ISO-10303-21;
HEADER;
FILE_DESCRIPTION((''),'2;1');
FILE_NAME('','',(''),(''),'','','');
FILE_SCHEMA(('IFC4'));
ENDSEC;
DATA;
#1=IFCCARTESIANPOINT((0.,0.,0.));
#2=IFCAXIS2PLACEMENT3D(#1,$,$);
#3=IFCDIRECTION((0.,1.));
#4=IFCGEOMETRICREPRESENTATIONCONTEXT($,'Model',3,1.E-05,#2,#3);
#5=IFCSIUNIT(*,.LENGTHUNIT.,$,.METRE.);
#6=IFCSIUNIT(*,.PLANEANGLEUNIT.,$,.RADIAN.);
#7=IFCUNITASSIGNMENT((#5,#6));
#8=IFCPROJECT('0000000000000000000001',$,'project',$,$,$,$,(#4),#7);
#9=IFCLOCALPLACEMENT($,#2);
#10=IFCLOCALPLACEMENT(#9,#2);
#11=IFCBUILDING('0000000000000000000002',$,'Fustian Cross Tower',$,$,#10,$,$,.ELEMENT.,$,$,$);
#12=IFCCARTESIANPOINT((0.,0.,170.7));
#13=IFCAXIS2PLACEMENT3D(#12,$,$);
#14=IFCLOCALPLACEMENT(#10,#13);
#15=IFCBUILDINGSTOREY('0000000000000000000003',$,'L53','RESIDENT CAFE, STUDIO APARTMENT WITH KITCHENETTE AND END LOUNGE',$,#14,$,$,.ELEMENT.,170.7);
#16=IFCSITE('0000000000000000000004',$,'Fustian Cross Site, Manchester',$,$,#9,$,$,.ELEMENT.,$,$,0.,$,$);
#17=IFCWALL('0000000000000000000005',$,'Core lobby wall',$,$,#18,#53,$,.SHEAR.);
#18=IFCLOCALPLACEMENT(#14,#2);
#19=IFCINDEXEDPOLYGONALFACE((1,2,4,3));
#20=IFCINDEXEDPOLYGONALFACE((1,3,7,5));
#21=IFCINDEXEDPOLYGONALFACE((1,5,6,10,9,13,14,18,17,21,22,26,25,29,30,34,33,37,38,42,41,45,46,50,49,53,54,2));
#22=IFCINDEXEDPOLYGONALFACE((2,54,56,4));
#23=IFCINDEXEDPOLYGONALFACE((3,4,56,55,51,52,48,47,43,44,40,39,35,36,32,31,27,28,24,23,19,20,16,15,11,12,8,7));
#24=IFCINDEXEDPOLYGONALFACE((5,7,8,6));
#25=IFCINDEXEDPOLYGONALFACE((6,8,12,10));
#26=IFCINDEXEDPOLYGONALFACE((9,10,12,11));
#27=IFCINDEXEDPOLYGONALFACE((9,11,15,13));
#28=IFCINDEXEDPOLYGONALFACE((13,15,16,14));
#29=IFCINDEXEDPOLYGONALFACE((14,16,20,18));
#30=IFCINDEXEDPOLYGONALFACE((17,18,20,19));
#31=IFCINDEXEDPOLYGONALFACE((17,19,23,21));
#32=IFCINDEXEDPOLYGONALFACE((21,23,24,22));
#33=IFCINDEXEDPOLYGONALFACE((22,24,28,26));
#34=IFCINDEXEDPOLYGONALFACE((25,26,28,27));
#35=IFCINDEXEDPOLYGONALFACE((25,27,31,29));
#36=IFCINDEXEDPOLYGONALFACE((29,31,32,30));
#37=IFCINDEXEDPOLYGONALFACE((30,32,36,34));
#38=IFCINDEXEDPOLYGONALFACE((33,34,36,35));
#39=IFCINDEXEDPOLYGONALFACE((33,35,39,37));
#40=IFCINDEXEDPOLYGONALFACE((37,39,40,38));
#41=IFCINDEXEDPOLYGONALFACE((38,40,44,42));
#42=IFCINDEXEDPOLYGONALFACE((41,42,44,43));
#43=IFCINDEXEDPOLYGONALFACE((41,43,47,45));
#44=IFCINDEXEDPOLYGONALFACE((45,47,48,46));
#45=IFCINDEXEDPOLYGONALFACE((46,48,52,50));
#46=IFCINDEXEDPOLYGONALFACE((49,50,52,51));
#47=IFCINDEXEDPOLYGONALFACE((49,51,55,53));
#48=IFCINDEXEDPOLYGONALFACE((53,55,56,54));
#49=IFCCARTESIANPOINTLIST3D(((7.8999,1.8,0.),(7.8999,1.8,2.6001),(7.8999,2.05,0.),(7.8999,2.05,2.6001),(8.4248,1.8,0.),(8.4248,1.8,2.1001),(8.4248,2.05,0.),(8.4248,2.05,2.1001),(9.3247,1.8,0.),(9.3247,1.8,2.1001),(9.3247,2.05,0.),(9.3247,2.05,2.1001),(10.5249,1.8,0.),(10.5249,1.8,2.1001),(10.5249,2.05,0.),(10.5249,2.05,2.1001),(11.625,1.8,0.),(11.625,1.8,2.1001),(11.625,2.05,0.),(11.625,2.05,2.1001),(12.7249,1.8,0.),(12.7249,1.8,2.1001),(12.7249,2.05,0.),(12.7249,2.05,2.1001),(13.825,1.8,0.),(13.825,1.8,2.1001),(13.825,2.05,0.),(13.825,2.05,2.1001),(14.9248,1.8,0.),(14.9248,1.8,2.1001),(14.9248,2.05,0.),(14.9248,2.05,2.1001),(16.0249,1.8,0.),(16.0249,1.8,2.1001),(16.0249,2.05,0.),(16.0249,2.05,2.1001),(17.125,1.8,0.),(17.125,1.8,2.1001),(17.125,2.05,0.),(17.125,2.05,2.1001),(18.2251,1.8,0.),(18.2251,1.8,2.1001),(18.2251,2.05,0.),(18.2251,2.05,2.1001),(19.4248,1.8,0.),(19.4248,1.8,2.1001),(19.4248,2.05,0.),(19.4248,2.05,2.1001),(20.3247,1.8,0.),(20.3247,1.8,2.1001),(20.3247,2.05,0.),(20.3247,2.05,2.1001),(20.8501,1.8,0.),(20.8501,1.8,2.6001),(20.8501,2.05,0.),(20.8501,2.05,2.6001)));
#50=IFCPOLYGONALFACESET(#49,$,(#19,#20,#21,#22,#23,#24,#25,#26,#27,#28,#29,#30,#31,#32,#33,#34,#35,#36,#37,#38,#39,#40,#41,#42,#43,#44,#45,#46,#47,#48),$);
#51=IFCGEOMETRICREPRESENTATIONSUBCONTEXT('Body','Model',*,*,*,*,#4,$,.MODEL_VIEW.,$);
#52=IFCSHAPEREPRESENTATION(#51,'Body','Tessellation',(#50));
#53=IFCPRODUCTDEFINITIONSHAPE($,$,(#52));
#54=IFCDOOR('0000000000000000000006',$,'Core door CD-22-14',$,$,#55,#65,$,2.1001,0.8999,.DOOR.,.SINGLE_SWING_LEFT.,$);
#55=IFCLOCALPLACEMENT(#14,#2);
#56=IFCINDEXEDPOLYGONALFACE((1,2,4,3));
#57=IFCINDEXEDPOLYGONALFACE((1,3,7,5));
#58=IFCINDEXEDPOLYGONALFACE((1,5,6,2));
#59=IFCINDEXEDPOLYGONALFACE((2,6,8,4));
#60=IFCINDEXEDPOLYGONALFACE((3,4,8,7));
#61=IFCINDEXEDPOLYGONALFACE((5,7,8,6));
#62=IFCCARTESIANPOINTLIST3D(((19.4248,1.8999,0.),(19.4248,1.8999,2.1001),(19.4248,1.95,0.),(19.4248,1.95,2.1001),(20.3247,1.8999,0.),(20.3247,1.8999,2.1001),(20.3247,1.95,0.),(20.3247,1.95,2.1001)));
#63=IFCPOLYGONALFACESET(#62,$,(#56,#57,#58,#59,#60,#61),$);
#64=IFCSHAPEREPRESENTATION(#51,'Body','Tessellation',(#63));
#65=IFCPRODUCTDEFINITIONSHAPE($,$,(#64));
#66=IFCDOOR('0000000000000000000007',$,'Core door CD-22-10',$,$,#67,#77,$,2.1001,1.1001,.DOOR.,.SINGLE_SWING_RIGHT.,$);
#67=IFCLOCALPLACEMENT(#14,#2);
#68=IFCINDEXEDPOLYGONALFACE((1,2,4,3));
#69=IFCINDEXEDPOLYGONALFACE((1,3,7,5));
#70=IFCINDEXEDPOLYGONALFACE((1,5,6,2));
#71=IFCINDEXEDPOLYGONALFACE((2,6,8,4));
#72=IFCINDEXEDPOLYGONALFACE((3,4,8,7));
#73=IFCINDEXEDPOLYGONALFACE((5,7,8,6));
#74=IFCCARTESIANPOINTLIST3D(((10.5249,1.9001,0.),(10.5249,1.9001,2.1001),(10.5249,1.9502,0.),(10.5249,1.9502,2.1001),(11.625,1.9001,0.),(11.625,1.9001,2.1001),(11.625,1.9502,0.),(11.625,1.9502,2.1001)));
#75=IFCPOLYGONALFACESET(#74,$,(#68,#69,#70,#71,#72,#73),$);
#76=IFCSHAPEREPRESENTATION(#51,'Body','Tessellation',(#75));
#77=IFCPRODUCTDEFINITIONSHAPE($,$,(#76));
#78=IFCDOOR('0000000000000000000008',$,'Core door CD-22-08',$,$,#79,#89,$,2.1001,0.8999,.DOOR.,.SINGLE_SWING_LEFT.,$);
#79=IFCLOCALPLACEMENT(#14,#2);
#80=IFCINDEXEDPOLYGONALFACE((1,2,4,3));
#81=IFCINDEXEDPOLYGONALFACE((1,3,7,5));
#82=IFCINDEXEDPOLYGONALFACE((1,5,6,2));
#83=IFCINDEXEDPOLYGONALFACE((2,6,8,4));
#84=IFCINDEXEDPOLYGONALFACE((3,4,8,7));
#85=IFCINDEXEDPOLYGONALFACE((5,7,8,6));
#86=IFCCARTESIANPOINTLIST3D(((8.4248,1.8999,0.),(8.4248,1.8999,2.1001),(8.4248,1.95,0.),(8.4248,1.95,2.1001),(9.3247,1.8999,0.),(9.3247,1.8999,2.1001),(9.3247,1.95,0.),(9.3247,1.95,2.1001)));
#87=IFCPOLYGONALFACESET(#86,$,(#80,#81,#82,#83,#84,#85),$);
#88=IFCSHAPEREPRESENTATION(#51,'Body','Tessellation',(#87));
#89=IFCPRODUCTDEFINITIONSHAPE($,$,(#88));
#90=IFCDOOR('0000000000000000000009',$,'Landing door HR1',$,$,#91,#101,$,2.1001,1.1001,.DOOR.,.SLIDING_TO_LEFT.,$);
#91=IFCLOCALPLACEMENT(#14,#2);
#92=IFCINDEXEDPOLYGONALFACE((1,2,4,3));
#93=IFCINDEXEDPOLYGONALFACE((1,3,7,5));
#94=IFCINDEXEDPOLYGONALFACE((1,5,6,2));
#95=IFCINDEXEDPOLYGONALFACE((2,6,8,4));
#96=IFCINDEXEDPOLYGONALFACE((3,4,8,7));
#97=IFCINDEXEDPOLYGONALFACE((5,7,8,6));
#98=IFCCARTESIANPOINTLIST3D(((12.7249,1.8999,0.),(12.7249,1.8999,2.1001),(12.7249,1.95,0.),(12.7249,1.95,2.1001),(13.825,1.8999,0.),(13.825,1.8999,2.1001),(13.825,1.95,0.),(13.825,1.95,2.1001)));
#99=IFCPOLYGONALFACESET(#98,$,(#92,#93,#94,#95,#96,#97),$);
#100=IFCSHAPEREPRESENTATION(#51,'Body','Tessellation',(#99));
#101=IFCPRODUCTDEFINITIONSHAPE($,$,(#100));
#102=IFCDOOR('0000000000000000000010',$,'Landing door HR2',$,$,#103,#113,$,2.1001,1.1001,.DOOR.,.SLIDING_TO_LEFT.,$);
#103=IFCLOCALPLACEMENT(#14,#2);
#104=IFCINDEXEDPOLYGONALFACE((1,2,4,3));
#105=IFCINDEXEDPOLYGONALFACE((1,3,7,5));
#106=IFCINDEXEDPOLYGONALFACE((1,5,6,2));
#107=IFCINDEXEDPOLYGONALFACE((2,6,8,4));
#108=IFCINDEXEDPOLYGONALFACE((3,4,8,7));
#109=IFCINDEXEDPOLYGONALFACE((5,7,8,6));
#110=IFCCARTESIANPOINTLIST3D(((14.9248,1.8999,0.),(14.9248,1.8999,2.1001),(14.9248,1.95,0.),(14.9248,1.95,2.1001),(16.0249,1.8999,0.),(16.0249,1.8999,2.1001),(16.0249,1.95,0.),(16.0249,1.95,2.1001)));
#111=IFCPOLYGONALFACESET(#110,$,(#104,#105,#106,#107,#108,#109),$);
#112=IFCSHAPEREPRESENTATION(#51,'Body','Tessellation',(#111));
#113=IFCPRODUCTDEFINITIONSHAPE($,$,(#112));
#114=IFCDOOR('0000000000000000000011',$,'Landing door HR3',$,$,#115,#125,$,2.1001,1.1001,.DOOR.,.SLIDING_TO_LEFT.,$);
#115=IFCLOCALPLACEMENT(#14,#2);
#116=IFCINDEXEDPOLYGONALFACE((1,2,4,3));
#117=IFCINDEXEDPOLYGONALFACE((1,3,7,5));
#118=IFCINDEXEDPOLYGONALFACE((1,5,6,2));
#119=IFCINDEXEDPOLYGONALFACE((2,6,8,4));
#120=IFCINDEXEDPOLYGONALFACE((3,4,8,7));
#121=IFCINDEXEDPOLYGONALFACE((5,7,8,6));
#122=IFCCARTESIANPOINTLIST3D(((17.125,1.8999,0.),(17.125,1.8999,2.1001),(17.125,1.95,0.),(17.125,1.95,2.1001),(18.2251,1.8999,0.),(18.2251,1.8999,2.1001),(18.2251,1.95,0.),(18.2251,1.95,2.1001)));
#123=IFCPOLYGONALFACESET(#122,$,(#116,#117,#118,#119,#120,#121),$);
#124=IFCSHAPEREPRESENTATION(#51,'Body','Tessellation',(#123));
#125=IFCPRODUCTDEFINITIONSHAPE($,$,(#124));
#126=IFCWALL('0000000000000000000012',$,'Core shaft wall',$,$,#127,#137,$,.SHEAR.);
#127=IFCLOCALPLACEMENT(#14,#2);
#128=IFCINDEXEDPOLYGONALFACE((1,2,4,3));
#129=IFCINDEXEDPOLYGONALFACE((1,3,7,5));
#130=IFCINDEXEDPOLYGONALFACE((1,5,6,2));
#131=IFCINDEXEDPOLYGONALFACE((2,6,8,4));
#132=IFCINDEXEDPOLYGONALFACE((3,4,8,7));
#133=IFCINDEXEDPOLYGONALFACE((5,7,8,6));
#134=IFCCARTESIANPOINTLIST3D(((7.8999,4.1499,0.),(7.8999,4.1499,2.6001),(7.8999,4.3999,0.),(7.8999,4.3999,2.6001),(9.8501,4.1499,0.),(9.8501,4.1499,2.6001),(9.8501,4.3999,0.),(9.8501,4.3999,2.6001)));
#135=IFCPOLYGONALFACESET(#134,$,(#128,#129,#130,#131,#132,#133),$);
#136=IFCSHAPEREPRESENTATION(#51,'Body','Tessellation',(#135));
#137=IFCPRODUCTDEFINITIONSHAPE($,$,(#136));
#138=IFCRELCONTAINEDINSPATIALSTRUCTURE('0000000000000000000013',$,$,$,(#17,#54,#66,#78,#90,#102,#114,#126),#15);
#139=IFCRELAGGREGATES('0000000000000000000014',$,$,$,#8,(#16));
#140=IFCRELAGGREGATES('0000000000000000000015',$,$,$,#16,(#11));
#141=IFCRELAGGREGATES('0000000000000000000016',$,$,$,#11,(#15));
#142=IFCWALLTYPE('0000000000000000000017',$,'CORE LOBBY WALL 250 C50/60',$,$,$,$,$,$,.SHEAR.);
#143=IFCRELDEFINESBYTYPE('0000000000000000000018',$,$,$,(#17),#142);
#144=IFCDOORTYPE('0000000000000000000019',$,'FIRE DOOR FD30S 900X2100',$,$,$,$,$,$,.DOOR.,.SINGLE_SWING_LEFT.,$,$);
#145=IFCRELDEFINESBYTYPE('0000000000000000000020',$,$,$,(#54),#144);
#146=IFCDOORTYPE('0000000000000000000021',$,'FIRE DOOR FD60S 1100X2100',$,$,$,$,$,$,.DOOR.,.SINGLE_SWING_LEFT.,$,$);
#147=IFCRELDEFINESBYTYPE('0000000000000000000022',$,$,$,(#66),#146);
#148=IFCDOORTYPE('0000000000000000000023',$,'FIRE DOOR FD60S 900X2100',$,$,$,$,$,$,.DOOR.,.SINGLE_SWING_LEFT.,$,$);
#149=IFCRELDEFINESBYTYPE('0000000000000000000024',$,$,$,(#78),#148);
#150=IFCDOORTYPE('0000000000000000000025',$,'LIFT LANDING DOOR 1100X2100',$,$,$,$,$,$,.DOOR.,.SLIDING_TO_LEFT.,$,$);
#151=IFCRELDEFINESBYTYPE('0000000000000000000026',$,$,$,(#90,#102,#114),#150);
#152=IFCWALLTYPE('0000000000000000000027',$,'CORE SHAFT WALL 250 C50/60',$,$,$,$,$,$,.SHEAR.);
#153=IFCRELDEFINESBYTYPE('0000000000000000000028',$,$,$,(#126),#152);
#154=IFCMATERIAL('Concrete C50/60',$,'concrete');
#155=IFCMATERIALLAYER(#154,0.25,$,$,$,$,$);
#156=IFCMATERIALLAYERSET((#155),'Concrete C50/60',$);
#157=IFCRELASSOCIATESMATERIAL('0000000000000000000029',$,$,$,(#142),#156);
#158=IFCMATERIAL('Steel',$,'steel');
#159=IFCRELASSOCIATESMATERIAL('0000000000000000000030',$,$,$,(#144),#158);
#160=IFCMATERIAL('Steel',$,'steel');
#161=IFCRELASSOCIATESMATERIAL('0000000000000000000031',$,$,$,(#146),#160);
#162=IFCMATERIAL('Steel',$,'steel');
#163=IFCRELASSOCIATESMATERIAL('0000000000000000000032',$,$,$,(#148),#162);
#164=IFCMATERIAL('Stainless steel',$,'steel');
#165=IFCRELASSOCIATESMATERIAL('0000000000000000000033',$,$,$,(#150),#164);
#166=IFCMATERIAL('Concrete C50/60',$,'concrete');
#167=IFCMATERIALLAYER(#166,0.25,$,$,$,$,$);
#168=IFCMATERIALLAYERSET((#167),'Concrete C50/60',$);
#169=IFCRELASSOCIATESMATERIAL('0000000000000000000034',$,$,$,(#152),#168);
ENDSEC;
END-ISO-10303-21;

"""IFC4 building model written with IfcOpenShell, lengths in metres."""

from ifc_helpers import new_model, si_unit, direction, frame, frame_2d, origin, place, context, subcontext, project, spatial, rectangle, extrude, material, layer, layer_set, type_object, element, fill, save


model = new_model("IFC4")

# Units and contexts
model_context = context("Model", 3, precision=1e-05, world=origin(), true_north=direction((0.0, 1.0)))
body_context = subcontext(model_context, "Body", "Model", "MODEL_VIEW")
ifc_project = project(units=[si_unit("LENGTHUNIT", "METRE"), si_unit("PLANEANGLEUNIT", "RADIAN")], contexts=[model_context])

# Site, building, storey
site_placement = place(None, origin())
site = spatial("IfcSite", under=ifc_project, at=site_placement, Name="Fustian Cross Site, Manchester", CompositionType="ELEMENT", RefElevation=0.0)
building_placement = place(site_placement, origin())
building = spatial("IfcBuilding", under=site, at=building_placement, Name="Fustian Cross Tower", CompositionType="ELEMENT")
storey_placement = place(building_placement, frame((0.0, 0.0, 170.7)))
storey = spatial("IfcBuildingStorey", under=building, at=storey_placement, Name="L53", Description="RESIDENT CAFE, STUDIO APARTMENT WITH KITCHENETTE AND END LOUNGE", CompositionType="ELEMENT", Elevation=170.7)

# Wall, openings, doors
ifc_material_1 = material(Name="Concrete C50/60", Category="concrete")
ifc_layer_1 = layer(ifc_material_1, 0.25)
ifc_layer_set_1 = layer_set([ifc_layer_1], Name="Concrete C50/60")
wall_type_1 = type_object("IfcWallType", Name="CORE LOBBY WALL 250 C50/60", PredefinedType="SHEAR", material=ifc_layer_set_1)
wall_1_placement = place(storey_placement, frame((7.8999, 1.925, 0.0), z_axis=(0.0, 0.0, 1.0), x_axis=(1.0, 0.0, 0.0)))
wall_1 = element("IfcWall", 1, at=wall_1_placement, inside=storey, type_object=wall_type_1, Name="Core lobby wall", PredefinedType="SHEAR", context=body_context, shape_type="SweptSolid", body=[
    extrude(rectangle(XDim=12.9502, YDim=0.25, at=frame_2d((6.4751, 0.0))), origin(), (0.0, 0.0, 1.0), 2.6001),
])
opening_1_placement = place(wall_1_placement, frame((4.825, 0.0, 0.0)))
opening_1 = element("IfcOpeningElement", 2, at=opening_1_placement, cuts=wall_1, PredefinedType="OPENING", context=body_context, shape_type="SweptSolid", body=[
    extrude(rectangle(XDim=1.1001, YDim=2.1001, at=frame_2d((0.55, 1.05))), frame((0.0, 0.135, 0.0), z_axis=(0.0, -1.0, 0.0), x_axis=(1.0, 0.0, 0.0)), (0.0, 0.0, 1.0), 0.27),
])
opening_2_placement = place(wall_1_placement, frame((7.0249, 0.0, 0.0)))
opening_2 = element("IfcOpeningElement", 3, at=opening_2_placement, cuts=wall_1, PredefinedType="OPENING", context=body_context, shape_type="SweptSolid", body=[
    extrude(rectangle(XDim=1.1001, YDim=2.1001, at=frame_2d((0.55, 1.05))), frame((0.0, 0.135, 0.0), z_axis=(0.0, -1.0, 0.0), x_axis=(1.0, 0.0, 0.0)), (0.0, 0.0, 1.0), 0.27),
])
opening_3_placement = place(wall_1_placement, frame((9.2251, 0.0, 0.0)))
opening_3 = element("IfcOpeningElement", 4, at=opening_3_placement, cuts=wall_1, PredefinedType="OPENING", context=body_context, shape_type="SweptSolid", body=[
    extrude(rectangle(XDim=1.1001, YDim=2.1001, at=frame_2d((0.55, 1.05))), frame((0.0, 0.135, 0.0), z_axis=(0.0, -1.0, 0.0), x_axis=(1.0, 0.0, 0.0)), (0.0, 0.0, 1.0), 0.27),
])
opening_4_placement = place(wall_1_placement, frame((0.5249, 0.0, 0.0)))
opening_4 = element("IfcOpeningElement", 5, at=opening_4_placement, cuts=wall_1, PredefinedType="OPENING", context=body_context, shape_type="SweptSolid", body=[
    extrude(rectangle(XDim=0.8999, YDim=2.1001, at=frame_2d((0.45, 1.05))), frame((0.0, 0.135, 0.0), z_axis=(0.0, -1.0, 0.0), x_axis=(1.0, 0.0, 0.0)), (0.0, 0.0, 1.0), 0.27),
])
opening_5_placement = place(wall_1_placement, frame((2.625, 0.0, 0.0)))
opening_5 = element("IfcOpeningElement", 6, at=opening_5_placement, cuts=wall_1, PredefinedType="OPENING", context=body_context, shape_type="SweptSolid", body=[
    extrude(rectangle(XDim=1.1001, YDim=2.1001, at=frame_2d((0.55, 1.05))), frame((0.0, 0.135, 0.0), z_axis=(0.0, -1.0, 0.0), x_axis=(1.0, 0.0, 0.0)), (0.0, 0.0, 1.0), 0.27),
])
opening_6_placement = place(wall_1_placement, frame((11.5249, 0.0, 0.0)))
opening_6 = element("IfcOpeningElement", 7, at=opening_6_placement, cuts=wall_1, PredefinedType="OPENING", context=body_context, shape_type="SweptSolid", body=[
    extrude(rectangle(XDim=0.8999, YDim=2.1001, at=frame_2d((0.45, 1.05))), frame((0.0, 0.135, 0.0), z_axis=(0.0, -1.0, 0.0), x_axis=(1.0, 0.0, 0.0)), (0.0, 0.0, 1.0), 0.27),
])
ifc_material_2 = material(Name="Steel", Category="steel")
door_type_1 = type_object("IfcDoorType", Name="FIRE DOOR FD30S 900X2100", OperationType="SINGLE_SWING_LEFT", PredefinedType="DOOR", material=ifc_material_2)
door_1_placement = place(opening_6_placement, origin())
door_1 = element("IfcDoor", 8, at=door_1_placement, inside=storey, type_object=door_type_1, Name="Core door CD-22-14", OperationType="SINGLE_SWING_LEFT", OverallHeight=2.1001, OverallWidth=0.8999, PredefinedType="DOOR", context=body_context, shape_type="SweptSolid", body=[
    extrude(rectangle(XDim=0.8999, YDim=2.1001, at=frame_2d((0.45, 1.05))), frame((0.0, 0.0249, 0.0), z_axis=(0.0, -1.0, 0.0), x_axis=(1.0, 0.0, 0.0)), (0.0, 0.0, 1.0), 0.05),
])
fill(opening_6, door_1)
ifc_material_3 = material(Name="Steel", Category="steel")
door_type_2 = type_object("IfcDoorType", Name="FIRE DOOR FD60S 1100X2100", OperationType="SINGLE_SWING_LEFT", PredefinedType="DOOR", material=ifc_material_3)
door_2_placement = place(opening_5_placement, frame((1.1001, 0.0, 0.0), z_axis=(0.0, 0.0, 1.0), x_axis=(-1.0, 0.0, 0.0)))
door_2 = element("IfcDoor", 9, at=door_2_placement, inside=storey, type_object=door_type_2, Name="Core door CD-22-10", OperationType="SINGLE_SWING_RIGHT", OverallHeight=2.1001, OverallWidth=1.1001, PredefinedType="DOOR", context=body_context, shape_type="SweptSolid", body=[
    extrude(rectangle(XDim=1.1001, YDim=2.1001, at=frame_2d((0.55, 1.05))), frame((0.0, 0.0249, 0.0), z_axis=(0.0, -1.0, 0.0), x_axis=(1.0, 0.0, 0.0)), (0.0, 0.0, 1.0), 0.05),
])
fill(opening_5, door_2)
ifc_material_4 = material(Name="Steel", Category="steel")
door_type_3 = type_object("IfcDoorType", Name="FIRE DOOR FD60S 900X2100", OperationType="SINGLE_SWING_LEFT", PredefinedType="DOOR", material=ifc_material_4)
door_3_placement = place(opening_4_placement, origin())
door_3 = element("IfcDoor", 10, at=door_3_placement, inside=storey, type_object=door_type_3, Name="Core door CD-22-08", OperationType="SINGLE_SWING_LEFT", OverallHeight=2.1001, OverallWidth=0.8999, PredefinedType="DOOR", context=body_context, shape_type="SweptSolid", body=[
    extrude(rectangle(XDim=0.8999, YDim=2.1001, at=frame_2d((0.45, 1.05))), frame((0.0, 0.0249, 0.0), z_axis=(0.0, -1.0, 0.0), x_axis=(1.0, 0.0, 0.0)), (0.0, 0.0, 1.0), 0.05),
])
fill(opening_4, door_3)
ifc_material_5 = material(Name="Stainless steel", Category="steel")
door_type_4 = type_object("IfcDoorType", Name="LIFT LANDING DOOR 1100X2100", OperationType="SLIDING_TO_LEFT", PredefinedType="DOOR", material=ifc_material_5)
door_4_placement = place(opening_1_placement, origin())
door_4 = element("IfcDoor", 11, at=door_4_placement, inside=storey, type_object=door_type_4, Name="Landing door HR1", OperationType="SLIDING_TO_LEFT", OverallHeight=2.1001, OverallWidth=1.1001, PredefinedType="DOOR", context=body_context, shape_type="SweptSolid", body=[
    extrude(rectangle(XDim=1.1001, YDim=2.1001, at=frame_2d((0.55, 1.05))), frame((0.0, 0.0249, 0.0), z_axis=(0.0, -1.0, 0.0), x_axis=(1.0, 0.0, 0.0)), (0.0, 0.0, 1.0), 0.05),
])
fill(opening_1, door_4)
door_5_placement = place(opening_2_placement, origin())
door_5 = element("IfcDoor", 12, at=door_5_placement, inside=storey, type_object=door_type_4, Name="Landing door HR2", OperationType="SLIDING_TO_LEFT", OverallHeight=2.1001, OverallWidth=1.1001, PredefinedType="DOOR", context=body_context, shape_type="SweptSolid", body=[
    extrude(rectangle(XDim=1.1001, YDim=2.1001, at=frame_2d((0.55, 1.05))), frame((0.0, 0.0249, 0.0), z_axis=(0.0, -1.0, 0.0), x_axis=(1.0, 0.0, 0.0)), (0.0, 0.0, 1.0), 0.05),
])
fill(opening_2, door_5)
door_6_placement = place(opening_3_placement, origin())
door_6 = element("IfcDoor", 13, at=door_6_placement, inside=storey, type_object=door_type_4, Name="Landing door HR3", OperationType="SLIDING_TO_LEFT", OverallHeight=2.1001, OverallWidth=1.1001, PredefinedType="DOOR", context=body_context, shape_type="SweptSolid", body=[
    extrude(rectangle(XDim=1.1001, YDim=2.1001, at=frame_2d((0.55, 1.05))), frame((0.0, 0.0249, 0.0), z_axis=(0.0, -1.0, 0.0), x_axis=(1.0, 0.0, 0.0)), (0.0, 0.0, 1.0), 0.05),
])
fill(opening_3, door_6)

# Wall
ifc_material_6 = material(Name="Concrete C50/60", Category="concrete")
ifc_layer_2 = layer(ifc_material_6, 0.25)
ifc_layer_set_2 = layer_set([ifc_layer_2], Name="Concrete C50/60")
wall_type_2 = type_object("IfcWallType", Name="CORE SHAFT WALL 250 C50/60", PredefinedType="SHEAR", material=ifc_layer_set_2)
wall_2_placement = place(storey_placement, frame((7.8999, 4.2749, 0.0), z_axis=(0.0, 0.0, 1.0), x_axis=(1.0, 0.0, 0.0)))
element("IfcWall", 14, at=wall_2_placement, inside=storey, type_object=wall_type_2, Name="Core shaft wall", PredefinedType="SHEAR", context=body_context, shape_type="SweptSolid", body=[
    extrude(rectangle(XDim=1.9502, YDim=0.25, at=frame_2d((0.9751, 0.0))), origin(), (0.0, 0.0, 1.0), 2.6001),
])

save(model, "model.ifc")
